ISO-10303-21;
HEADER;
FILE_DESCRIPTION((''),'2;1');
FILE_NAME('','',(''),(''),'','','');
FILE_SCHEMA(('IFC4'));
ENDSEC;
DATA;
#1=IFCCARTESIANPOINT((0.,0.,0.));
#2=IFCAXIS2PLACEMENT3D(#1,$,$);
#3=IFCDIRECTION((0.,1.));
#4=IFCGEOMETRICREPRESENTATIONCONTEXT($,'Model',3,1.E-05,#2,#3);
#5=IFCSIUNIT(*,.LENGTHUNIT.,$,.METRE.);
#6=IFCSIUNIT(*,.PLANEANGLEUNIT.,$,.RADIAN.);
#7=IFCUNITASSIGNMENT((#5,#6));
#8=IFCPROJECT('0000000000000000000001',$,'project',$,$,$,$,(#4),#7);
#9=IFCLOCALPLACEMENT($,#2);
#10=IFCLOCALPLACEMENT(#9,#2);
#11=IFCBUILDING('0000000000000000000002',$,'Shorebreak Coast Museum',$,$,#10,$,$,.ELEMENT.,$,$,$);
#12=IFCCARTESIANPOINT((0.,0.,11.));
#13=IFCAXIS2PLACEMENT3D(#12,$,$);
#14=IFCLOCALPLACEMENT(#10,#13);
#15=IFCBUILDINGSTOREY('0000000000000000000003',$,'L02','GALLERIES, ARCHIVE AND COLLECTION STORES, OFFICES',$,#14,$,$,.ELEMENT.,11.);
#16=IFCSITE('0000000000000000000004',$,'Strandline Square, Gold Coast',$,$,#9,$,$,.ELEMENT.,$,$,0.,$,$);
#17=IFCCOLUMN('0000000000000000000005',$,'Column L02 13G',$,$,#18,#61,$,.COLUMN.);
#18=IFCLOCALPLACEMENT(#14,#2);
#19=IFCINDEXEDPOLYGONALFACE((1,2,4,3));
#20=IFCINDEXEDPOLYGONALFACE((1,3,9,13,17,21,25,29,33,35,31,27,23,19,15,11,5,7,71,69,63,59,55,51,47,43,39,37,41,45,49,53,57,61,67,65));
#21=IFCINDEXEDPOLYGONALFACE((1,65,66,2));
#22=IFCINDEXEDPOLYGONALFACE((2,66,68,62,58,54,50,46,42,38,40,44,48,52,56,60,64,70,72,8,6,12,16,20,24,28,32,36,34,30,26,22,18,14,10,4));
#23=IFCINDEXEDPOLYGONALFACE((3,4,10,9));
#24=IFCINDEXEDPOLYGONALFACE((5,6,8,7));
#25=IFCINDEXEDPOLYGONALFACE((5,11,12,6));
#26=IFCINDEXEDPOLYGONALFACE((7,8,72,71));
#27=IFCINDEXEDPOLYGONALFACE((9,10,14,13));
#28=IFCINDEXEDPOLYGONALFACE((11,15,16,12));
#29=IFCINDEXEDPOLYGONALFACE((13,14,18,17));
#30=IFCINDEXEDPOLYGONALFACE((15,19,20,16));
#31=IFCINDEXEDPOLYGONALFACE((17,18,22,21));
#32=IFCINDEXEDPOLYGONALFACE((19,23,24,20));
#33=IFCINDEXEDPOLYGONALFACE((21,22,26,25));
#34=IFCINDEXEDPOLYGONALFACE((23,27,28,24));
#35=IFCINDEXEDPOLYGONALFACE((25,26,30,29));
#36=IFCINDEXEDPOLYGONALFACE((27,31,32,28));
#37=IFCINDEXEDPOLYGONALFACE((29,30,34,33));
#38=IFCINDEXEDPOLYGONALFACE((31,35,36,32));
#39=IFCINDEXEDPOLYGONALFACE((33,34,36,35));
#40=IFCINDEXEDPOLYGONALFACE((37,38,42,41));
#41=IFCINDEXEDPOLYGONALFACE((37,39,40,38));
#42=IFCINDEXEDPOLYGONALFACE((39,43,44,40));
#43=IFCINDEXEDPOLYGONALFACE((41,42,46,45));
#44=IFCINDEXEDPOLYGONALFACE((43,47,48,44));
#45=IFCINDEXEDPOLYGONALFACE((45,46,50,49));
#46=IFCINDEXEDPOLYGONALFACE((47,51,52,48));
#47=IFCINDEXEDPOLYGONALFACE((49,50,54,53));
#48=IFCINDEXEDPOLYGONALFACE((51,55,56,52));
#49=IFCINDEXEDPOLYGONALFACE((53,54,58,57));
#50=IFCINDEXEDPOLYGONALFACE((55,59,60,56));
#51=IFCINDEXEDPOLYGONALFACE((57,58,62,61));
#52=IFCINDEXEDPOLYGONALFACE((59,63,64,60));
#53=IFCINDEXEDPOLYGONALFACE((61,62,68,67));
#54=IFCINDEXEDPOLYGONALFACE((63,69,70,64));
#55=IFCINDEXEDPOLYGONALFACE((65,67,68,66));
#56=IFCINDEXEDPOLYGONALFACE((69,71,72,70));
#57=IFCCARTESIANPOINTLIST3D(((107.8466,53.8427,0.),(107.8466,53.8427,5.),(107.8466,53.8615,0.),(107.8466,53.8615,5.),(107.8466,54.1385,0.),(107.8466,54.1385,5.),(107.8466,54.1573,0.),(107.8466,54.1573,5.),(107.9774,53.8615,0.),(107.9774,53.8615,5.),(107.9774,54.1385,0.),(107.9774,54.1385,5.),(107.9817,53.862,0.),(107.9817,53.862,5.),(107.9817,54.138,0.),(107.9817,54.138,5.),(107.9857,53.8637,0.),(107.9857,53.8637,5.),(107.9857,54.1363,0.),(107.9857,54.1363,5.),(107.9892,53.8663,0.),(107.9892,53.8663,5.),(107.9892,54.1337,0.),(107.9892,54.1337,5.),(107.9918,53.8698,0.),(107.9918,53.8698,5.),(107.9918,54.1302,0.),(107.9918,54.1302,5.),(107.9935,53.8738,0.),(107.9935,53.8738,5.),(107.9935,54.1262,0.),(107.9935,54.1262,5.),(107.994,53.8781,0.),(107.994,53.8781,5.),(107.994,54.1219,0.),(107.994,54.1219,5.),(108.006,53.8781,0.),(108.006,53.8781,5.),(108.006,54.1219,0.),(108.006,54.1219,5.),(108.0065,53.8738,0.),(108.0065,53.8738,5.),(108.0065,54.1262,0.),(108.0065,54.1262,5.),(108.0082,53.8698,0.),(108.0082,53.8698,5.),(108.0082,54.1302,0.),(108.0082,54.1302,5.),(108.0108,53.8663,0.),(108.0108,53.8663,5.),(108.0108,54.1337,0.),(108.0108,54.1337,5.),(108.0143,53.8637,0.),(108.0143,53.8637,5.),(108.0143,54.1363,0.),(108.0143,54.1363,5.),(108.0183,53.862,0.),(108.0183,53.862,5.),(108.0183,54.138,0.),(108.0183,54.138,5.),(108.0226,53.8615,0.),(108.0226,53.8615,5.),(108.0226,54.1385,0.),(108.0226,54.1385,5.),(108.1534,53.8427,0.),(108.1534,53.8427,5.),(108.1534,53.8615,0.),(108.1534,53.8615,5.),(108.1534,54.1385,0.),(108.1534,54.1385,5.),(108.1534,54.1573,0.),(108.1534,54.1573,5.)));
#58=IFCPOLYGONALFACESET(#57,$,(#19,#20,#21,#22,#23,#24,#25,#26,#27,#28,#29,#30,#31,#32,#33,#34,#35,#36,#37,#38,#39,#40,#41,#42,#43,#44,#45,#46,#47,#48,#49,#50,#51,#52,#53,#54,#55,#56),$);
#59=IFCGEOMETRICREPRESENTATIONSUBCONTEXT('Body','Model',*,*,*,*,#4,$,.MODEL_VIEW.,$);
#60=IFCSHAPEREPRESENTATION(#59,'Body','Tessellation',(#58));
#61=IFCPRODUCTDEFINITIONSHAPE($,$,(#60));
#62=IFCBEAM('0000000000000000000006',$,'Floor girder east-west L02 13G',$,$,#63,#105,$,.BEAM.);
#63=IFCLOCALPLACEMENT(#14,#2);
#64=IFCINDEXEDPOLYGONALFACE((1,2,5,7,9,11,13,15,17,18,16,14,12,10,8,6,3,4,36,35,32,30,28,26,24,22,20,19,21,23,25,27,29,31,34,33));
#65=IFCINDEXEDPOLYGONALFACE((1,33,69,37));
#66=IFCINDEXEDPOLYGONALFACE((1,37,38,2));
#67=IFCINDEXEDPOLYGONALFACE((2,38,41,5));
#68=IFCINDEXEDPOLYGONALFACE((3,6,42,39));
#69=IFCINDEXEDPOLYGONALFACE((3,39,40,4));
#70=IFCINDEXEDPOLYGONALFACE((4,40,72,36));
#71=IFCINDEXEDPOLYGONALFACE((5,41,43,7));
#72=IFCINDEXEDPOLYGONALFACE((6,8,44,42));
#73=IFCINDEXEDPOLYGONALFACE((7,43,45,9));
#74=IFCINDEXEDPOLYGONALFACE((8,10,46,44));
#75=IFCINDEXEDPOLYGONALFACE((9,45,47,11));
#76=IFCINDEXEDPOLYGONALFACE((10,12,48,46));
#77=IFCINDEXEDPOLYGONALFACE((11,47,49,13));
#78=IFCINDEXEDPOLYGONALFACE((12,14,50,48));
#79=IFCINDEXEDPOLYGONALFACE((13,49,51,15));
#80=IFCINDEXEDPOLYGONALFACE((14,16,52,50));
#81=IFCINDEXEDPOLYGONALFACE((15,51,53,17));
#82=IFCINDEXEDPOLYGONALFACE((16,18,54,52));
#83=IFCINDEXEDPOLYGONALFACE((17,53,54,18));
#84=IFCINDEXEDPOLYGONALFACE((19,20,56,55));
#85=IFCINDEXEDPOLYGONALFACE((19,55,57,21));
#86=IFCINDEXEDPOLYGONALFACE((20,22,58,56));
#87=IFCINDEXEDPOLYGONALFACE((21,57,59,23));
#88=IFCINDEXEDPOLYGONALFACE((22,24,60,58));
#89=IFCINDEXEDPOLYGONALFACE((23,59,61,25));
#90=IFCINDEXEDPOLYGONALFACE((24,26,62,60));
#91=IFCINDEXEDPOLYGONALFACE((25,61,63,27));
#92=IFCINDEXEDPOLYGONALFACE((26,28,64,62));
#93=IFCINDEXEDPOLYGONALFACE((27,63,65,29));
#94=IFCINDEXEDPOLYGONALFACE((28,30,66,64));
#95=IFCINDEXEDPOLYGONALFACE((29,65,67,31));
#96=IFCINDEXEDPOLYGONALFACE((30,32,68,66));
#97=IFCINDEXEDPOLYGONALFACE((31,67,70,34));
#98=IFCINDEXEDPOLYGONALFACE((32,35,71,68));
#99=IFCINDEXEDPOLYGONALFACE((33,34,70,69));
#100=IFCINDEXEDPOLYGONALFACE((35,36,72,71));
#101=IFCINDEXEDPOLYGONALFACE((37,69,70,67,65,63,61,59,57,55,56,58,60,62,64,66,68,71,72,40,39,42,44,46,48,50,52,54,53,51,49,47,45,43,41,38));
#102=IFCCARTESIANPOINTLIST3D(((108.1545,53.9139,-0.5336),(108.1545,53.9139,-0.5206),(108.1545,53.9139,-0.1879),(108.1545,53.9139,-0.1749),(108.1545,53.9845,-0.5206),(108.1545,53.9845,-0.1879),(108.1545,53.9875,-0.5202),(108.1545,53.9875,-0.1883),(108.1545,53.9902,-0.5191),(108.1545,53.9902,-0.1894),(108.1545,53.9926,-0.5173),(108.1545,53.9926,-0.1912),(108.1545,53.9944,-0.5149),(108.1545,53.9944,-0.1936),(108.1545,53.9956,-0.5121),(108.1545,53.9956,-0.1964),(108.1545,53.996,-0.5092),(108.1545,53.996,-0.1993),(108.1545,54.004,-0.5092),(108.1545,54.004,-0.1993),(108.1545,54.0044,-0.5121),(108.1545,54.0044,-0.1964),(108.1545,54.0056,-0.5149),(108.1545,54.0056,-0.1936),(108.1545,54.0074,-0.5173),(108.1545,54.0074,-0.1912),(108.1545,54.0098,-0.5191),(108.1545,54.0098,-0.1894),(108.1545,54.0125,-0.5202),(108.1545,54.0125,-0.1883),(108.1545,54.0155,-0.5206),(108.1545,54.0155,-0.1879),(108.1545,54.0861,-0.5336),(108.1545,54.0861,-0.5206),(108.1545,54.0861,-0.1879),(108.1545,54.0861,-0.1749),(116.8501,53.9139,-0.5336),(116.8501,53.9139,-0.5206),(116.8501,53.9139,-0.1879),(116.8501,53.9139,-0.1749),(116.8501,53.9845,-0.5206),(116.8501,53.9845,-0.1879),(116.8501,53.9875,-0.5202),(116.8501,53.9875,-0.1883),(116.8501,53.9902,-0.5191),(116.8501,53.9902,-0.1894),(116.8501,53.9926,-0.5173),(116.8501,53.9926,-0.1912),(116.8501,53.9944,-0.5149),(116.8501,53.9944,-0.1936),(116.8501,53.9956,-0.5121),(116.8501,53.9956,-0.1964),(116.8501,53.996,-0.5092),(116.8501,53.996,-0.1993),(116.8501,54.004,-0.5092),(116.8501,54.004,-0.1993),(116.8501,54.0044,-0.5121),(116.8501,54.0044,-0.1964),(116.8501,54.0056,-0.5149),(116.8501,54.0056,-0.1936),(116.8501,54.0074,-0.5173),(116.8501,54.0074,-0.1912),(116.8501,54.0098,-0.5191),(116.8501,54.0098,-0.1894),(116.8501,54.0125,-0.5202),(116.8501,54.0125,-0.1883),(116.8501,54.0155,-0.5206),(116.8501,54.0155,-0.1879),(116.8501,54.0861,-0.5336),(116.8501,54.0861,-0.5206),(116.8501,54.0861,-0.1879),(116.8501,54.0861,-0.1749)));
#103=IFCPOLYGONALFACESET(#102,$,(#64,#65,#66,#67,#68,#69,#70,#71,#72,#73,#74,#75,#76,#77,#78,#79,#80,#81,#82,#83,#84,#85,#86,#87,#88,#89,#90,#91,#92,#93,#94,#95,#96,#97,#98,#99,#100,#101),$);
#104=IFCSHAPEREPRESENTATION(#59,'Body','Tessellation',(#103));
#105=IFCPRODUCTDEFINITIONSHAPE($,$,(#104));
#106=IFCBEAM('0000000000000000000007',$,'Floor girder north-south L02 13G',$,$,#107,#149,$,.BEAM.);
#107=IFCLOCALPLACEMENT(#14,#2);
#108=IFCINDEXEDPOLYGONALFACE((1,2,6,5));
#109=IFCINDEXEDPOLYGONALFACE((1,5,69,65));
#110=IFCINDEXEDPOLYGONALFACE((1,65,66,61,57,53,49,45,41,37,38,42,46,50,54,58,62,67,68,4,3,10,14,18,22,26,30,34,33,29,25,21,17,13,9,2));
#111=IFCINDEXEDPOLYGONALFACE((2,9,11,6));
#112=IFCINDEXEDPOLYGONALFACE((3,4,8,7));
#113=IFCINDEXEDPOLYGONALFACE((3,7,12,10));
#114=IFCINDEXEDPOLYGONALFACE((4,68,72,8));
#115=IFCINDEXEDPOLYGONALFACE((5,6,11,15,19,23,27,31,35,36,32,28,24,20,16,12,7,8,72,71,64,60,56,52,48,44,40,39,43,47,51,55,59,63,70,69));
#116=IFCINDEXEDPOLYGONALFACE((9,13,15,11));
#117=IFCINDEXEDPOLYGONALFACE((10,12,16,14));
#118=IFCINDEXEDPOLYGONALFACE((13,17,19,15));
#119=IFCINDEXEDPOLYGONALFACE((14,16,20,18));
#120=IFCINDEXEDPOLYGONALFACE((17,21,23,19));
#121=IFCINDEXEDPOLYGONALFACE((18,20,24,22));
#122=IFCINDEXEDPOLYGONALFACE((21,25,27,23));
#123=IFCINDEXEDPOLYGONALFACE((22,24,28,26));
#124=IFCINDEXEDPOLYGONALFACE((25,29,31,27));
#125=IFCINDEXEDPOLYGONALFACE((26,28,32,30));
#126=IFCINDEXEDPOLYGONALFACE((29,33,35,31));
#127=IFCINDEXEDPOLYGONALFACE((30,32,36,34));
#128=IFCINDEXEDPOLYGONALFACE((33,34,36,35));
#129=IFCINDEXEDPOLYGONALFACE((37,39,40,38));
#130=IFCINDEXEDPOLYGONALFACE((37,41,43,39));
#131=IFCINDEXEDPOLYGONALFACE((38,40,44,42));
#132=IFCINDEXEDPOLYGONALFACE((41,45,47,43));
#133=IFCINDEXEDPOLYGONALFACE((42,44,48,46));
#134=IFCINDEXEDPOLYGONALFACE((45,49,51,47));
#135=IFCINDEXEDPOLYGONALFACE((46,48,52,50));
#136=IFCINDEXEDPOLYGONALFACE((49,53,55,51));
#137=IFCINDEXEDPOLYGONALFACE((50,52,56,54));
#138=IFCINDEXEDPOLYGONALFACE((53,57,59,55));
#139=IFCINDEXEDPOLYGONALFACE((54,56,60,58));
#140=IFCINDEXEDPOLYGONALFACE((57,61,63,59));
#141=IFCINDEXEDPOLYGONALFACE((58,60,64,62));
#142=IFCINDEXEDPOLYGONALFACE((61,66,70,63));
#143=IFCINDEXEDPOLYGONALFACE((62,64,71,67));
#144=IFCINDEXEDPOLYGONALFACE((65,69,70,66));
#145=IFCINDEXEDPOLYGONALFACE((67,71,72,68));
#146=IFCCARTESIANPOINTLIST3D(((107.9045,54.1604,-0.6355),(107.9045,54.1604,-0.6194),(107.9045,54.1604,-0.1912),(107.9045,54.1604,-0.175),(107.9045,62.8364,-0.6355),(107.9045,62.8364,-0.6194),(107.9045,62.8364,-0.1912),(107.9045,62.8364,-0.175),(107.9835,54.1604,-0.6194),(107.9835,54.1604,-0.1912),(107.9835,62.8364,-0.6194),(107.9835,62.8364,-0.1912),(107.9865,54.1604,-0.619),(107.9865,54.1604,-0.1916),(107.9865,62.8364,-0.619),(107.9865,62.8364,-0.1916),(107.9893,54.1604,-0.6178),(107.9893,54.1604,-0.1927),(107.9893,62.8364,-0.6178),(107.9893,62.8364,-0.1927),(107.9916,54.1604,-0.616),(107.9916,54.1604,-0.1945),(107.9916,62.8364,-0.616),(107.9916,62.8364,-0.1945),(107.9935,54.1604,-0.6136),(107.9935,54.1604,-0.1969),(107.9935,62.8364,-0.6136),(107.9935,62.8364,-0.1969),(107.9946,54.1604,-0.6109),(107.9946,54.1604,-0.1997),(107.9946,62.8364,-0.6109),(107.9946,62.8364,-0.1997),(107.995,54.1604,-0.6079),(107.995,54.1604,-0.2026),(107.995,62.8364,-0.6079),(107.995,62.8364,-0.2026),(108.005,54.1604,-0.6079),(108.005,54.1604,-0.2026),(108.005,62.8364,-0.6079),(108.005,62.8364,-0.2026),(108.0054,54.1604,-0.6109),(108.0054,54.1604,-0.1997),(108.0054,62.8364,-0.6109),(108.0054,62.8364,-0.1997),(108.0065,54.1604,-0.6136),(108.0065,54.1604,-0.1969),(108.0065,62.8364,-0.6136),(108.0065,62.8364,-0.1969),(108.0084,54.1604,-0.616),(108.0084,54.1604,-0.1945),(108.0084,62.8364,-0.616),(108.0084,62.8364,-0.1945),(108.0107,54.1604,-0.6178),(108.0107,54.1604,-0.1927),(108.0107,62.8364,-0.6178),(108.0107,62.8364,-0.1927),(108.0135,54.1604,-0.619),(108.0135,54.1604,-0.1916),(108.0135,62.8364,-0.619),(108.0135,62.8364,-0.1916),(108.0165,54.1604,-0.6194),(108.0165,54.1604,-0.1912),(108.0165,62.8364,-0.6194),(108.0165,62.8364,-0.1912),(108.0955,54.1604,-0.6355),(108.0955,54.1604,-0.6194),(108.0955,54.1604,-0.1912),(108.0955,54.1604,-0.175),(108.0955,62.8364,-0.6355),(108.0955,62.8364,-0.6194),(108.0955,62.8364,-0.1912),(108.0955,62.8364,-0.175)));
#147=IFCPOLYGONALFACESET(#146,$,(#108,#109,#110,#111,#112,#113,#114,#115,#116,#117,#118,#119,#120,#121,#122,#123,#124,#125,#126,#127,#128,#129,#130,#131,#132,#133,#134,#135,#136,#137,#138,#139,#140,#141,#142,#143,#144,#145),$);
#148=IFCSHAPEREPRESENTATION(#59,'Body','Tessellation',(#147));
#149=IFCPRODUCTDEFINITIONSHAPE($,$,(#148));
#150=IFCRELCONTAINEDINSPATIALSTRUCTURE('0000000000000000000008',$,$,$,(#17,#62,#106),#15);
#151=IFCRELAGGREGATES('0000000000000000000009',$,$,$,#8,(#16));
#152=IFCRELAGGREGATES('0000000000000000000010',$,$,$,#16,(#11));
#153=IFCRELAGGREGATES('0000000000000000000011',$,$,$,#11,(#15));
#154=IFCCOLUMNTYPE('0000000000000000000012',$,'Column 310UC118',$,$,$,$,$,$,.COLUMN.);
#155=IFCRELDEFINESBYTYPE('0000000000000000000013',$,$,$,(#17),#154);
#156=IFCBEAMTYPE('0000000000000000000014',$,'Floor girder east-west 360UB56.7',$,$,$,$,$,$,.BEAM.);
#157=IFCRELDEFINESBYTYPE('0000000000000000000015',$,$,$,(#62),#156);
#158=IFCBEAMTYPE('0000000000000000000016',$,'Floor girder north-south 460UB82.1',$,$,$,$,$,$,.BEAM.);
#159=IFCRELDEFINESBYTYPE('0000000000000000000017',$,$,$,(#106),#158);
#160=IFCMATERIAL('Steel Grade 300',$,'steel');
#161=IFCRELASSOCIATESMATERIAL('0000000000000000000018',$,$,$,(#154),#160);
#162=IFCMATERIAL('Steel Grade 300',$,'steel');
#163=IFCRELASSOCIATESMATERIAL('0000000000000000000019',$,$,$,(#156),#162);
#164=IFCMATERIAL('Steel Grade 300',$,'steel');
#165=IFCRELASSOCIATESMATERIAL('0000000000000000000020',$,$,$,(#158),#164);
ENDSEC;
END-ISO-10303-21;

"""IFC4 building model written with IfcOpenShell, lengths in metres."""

from ifc_helpers import new_model, si_unit, direction, frame, origin, origin_2d, place, context, subcontext, project, spatial, i_section, extrude, material, material_profile, profile_set, type_object, element, save


model = new_model("IFC4")

# Units and contexts
model_context = context("Model", 3, precision=1e-05, world=origin(), true_north=direction((0.0, 1.0)))
body_context = subcontext(model_context, "Body", "Model", "MODEL_VIEW")
ifc_project = project(units=[si_unit("LENGTHUNIT", "METRE"), si_unit("PLANEANGLEUNIT", "RADIAN")], contexts=[model_context])

# Site, building, storey
site_placement = place(None, origin())
site = spatial("IfcSite", under=ifc_project, at=site_placement, Name="Strandline Square, Gold Coast", CompositionType="ELEMENT", RefElevation=0.0)
building_placement = place(site_placement, origin())
building = spatial("IfcBuilding", under=site, at=building_placement, Name="Shorebreak Coast Museum", CompositionType="ELEMENT")
storey_placement = place(building_placement, frame((0.0, 0.0, 11.0)))
storey = spatial("IfcBuildingStorey", under=building, at=storey_placement, Name="L02", Description="GALLERIES, ARCHIVE AND COLLECTION STORES, OFFICES", CompositionType="ELEMENT", Elevation=11.0)

# Column
ifc_material_1 = material(Name="Steel Grade 300", Category="steel")
ifc_material_profile_1 = material_profile(ifc_material_1, i_section(OverallWidth=0.3069, OverallDepth=0.3147, WebThickness=0.012, FlangeThickness=0.0188, FilletRadius=0.0166, at=origin_2d()), Name="310UC118")
ifc_profile_set_1 = profile_set([ifc_material_profile_1], Name="Steel Grade 300")
column_type = type_object("IfcColumnType", Name="Column 310UC118", PredefinedType="COLUMN", material=ifc_profile_set_1)
column_placement = place(storey_placement, frame((108.0, 54.0, 0.0), z_axis=(0.0, 0.0, 1.0), x_axis=(1.0, 0.0, 0.0)))
element("IfcColumn", 1, at=column_placement, inside=storey, type_object=column_type, Name="Column L02 13G", PredefinedType="COLUMN", context=body_context, shape_type="SweptSolid", body=[
    extrude(i_section(OverallWidth=0.3069, OverallDepth=0.3147, WebThickness=0.012, FlangeThickness=0.0188, FilletRadius=0.0166, at=origin_2d()), origin(), (0.0, 0.0, 1.0), 5.0),
])

# Beams
ifc_material_2 = material(Name="Steel Grade 300", Category="steel")
ifc_material_profile_2 = material_profile(ifc_material_2, i_section(OverallWidth=0.1721, OverallDepth=0.3586, WebThickness=0.0081, FlangeThickness=0.0129, FilletRadius=0.0115, at=origin_2d()), Name="360UB56.7")
ifc_profile_set_2 = profile_set([ifc_material_profile_2], Name="Steel Grade 300")
beam_type_1 = type_object("IfcBeamType", Name="Floor girder east-west 360UB56.7", PredefinedType="BEAM", material=ifc_profile_set_2)
beam_1_placement = place(storey_placement, frame((108.1545, 54.0, -0.3542), z_axis=(1.0, 0.0, 0.0), x_axis=(0.0, 1.0, 0.0)))
element("IfcBeam", 2, at=beam_1_placement, inside=storey, type_object=beam_type_1, Name="Floor girder east-west L02 13G", PredefinedType="BEAM", context=body_context, shape_type="SweptSolid", body=[
    extrude(i_section(OverallWidth=0.1721, OverallDepth=0.3586, WebThickness=0.0081, FlangeThickness=0.0129, FilletRadius=0.0115, at=origin_2d()), origin(), (0.0, 0.0, 1.0), 8.6956),
])
ifc_material_3 = material(Name="Steel Grade 300", Category="steel")
ifc_material_profile_3 = material_profile(ifc_material_3, i_section(OverallWidth=0.1909, OverallDepth=0.4604, WebThickness=0.01, FlangeThickness=0.0161, FilletRadius=0.0115, at=origin_2d()), Name="460UB82.1")
ifc_profile_set_3 = profile_set([ifc_material_profile_3], Name="Steel Grade 300")
beam_type_2 = type_object("IfcBeamType", Name="Floor girder north-south 460UB82.1", PredefinedType="BEAM", material=ifc_profile_set_3)
beam_2_placement = place(storey_placement, frame((108.0, 54.1604, -0.4053), z_axis=(0.0, 1.0, 0.0), x_axis=(-1.0, 0.0, 0.0)))
element("IfcBeam", 3, at=beam_2_placement, inside=storey, type_object=beam_type_2, Name="Floor girder north-south L02 13G", PredefinedType="BEAM", context=body_context, shape_type="SweptSolid", body=[
    extrude(i_section(OverallWidth=0.1909, OverallDepth=0.4604, WebThickness=0.01, FlangeThickness=0.0161, FilletRadius=0.0115, at=origin_2d()), origin(), (0.0, 0.0, 1.0), 8.676),
])

save(model, "model.ifc")
